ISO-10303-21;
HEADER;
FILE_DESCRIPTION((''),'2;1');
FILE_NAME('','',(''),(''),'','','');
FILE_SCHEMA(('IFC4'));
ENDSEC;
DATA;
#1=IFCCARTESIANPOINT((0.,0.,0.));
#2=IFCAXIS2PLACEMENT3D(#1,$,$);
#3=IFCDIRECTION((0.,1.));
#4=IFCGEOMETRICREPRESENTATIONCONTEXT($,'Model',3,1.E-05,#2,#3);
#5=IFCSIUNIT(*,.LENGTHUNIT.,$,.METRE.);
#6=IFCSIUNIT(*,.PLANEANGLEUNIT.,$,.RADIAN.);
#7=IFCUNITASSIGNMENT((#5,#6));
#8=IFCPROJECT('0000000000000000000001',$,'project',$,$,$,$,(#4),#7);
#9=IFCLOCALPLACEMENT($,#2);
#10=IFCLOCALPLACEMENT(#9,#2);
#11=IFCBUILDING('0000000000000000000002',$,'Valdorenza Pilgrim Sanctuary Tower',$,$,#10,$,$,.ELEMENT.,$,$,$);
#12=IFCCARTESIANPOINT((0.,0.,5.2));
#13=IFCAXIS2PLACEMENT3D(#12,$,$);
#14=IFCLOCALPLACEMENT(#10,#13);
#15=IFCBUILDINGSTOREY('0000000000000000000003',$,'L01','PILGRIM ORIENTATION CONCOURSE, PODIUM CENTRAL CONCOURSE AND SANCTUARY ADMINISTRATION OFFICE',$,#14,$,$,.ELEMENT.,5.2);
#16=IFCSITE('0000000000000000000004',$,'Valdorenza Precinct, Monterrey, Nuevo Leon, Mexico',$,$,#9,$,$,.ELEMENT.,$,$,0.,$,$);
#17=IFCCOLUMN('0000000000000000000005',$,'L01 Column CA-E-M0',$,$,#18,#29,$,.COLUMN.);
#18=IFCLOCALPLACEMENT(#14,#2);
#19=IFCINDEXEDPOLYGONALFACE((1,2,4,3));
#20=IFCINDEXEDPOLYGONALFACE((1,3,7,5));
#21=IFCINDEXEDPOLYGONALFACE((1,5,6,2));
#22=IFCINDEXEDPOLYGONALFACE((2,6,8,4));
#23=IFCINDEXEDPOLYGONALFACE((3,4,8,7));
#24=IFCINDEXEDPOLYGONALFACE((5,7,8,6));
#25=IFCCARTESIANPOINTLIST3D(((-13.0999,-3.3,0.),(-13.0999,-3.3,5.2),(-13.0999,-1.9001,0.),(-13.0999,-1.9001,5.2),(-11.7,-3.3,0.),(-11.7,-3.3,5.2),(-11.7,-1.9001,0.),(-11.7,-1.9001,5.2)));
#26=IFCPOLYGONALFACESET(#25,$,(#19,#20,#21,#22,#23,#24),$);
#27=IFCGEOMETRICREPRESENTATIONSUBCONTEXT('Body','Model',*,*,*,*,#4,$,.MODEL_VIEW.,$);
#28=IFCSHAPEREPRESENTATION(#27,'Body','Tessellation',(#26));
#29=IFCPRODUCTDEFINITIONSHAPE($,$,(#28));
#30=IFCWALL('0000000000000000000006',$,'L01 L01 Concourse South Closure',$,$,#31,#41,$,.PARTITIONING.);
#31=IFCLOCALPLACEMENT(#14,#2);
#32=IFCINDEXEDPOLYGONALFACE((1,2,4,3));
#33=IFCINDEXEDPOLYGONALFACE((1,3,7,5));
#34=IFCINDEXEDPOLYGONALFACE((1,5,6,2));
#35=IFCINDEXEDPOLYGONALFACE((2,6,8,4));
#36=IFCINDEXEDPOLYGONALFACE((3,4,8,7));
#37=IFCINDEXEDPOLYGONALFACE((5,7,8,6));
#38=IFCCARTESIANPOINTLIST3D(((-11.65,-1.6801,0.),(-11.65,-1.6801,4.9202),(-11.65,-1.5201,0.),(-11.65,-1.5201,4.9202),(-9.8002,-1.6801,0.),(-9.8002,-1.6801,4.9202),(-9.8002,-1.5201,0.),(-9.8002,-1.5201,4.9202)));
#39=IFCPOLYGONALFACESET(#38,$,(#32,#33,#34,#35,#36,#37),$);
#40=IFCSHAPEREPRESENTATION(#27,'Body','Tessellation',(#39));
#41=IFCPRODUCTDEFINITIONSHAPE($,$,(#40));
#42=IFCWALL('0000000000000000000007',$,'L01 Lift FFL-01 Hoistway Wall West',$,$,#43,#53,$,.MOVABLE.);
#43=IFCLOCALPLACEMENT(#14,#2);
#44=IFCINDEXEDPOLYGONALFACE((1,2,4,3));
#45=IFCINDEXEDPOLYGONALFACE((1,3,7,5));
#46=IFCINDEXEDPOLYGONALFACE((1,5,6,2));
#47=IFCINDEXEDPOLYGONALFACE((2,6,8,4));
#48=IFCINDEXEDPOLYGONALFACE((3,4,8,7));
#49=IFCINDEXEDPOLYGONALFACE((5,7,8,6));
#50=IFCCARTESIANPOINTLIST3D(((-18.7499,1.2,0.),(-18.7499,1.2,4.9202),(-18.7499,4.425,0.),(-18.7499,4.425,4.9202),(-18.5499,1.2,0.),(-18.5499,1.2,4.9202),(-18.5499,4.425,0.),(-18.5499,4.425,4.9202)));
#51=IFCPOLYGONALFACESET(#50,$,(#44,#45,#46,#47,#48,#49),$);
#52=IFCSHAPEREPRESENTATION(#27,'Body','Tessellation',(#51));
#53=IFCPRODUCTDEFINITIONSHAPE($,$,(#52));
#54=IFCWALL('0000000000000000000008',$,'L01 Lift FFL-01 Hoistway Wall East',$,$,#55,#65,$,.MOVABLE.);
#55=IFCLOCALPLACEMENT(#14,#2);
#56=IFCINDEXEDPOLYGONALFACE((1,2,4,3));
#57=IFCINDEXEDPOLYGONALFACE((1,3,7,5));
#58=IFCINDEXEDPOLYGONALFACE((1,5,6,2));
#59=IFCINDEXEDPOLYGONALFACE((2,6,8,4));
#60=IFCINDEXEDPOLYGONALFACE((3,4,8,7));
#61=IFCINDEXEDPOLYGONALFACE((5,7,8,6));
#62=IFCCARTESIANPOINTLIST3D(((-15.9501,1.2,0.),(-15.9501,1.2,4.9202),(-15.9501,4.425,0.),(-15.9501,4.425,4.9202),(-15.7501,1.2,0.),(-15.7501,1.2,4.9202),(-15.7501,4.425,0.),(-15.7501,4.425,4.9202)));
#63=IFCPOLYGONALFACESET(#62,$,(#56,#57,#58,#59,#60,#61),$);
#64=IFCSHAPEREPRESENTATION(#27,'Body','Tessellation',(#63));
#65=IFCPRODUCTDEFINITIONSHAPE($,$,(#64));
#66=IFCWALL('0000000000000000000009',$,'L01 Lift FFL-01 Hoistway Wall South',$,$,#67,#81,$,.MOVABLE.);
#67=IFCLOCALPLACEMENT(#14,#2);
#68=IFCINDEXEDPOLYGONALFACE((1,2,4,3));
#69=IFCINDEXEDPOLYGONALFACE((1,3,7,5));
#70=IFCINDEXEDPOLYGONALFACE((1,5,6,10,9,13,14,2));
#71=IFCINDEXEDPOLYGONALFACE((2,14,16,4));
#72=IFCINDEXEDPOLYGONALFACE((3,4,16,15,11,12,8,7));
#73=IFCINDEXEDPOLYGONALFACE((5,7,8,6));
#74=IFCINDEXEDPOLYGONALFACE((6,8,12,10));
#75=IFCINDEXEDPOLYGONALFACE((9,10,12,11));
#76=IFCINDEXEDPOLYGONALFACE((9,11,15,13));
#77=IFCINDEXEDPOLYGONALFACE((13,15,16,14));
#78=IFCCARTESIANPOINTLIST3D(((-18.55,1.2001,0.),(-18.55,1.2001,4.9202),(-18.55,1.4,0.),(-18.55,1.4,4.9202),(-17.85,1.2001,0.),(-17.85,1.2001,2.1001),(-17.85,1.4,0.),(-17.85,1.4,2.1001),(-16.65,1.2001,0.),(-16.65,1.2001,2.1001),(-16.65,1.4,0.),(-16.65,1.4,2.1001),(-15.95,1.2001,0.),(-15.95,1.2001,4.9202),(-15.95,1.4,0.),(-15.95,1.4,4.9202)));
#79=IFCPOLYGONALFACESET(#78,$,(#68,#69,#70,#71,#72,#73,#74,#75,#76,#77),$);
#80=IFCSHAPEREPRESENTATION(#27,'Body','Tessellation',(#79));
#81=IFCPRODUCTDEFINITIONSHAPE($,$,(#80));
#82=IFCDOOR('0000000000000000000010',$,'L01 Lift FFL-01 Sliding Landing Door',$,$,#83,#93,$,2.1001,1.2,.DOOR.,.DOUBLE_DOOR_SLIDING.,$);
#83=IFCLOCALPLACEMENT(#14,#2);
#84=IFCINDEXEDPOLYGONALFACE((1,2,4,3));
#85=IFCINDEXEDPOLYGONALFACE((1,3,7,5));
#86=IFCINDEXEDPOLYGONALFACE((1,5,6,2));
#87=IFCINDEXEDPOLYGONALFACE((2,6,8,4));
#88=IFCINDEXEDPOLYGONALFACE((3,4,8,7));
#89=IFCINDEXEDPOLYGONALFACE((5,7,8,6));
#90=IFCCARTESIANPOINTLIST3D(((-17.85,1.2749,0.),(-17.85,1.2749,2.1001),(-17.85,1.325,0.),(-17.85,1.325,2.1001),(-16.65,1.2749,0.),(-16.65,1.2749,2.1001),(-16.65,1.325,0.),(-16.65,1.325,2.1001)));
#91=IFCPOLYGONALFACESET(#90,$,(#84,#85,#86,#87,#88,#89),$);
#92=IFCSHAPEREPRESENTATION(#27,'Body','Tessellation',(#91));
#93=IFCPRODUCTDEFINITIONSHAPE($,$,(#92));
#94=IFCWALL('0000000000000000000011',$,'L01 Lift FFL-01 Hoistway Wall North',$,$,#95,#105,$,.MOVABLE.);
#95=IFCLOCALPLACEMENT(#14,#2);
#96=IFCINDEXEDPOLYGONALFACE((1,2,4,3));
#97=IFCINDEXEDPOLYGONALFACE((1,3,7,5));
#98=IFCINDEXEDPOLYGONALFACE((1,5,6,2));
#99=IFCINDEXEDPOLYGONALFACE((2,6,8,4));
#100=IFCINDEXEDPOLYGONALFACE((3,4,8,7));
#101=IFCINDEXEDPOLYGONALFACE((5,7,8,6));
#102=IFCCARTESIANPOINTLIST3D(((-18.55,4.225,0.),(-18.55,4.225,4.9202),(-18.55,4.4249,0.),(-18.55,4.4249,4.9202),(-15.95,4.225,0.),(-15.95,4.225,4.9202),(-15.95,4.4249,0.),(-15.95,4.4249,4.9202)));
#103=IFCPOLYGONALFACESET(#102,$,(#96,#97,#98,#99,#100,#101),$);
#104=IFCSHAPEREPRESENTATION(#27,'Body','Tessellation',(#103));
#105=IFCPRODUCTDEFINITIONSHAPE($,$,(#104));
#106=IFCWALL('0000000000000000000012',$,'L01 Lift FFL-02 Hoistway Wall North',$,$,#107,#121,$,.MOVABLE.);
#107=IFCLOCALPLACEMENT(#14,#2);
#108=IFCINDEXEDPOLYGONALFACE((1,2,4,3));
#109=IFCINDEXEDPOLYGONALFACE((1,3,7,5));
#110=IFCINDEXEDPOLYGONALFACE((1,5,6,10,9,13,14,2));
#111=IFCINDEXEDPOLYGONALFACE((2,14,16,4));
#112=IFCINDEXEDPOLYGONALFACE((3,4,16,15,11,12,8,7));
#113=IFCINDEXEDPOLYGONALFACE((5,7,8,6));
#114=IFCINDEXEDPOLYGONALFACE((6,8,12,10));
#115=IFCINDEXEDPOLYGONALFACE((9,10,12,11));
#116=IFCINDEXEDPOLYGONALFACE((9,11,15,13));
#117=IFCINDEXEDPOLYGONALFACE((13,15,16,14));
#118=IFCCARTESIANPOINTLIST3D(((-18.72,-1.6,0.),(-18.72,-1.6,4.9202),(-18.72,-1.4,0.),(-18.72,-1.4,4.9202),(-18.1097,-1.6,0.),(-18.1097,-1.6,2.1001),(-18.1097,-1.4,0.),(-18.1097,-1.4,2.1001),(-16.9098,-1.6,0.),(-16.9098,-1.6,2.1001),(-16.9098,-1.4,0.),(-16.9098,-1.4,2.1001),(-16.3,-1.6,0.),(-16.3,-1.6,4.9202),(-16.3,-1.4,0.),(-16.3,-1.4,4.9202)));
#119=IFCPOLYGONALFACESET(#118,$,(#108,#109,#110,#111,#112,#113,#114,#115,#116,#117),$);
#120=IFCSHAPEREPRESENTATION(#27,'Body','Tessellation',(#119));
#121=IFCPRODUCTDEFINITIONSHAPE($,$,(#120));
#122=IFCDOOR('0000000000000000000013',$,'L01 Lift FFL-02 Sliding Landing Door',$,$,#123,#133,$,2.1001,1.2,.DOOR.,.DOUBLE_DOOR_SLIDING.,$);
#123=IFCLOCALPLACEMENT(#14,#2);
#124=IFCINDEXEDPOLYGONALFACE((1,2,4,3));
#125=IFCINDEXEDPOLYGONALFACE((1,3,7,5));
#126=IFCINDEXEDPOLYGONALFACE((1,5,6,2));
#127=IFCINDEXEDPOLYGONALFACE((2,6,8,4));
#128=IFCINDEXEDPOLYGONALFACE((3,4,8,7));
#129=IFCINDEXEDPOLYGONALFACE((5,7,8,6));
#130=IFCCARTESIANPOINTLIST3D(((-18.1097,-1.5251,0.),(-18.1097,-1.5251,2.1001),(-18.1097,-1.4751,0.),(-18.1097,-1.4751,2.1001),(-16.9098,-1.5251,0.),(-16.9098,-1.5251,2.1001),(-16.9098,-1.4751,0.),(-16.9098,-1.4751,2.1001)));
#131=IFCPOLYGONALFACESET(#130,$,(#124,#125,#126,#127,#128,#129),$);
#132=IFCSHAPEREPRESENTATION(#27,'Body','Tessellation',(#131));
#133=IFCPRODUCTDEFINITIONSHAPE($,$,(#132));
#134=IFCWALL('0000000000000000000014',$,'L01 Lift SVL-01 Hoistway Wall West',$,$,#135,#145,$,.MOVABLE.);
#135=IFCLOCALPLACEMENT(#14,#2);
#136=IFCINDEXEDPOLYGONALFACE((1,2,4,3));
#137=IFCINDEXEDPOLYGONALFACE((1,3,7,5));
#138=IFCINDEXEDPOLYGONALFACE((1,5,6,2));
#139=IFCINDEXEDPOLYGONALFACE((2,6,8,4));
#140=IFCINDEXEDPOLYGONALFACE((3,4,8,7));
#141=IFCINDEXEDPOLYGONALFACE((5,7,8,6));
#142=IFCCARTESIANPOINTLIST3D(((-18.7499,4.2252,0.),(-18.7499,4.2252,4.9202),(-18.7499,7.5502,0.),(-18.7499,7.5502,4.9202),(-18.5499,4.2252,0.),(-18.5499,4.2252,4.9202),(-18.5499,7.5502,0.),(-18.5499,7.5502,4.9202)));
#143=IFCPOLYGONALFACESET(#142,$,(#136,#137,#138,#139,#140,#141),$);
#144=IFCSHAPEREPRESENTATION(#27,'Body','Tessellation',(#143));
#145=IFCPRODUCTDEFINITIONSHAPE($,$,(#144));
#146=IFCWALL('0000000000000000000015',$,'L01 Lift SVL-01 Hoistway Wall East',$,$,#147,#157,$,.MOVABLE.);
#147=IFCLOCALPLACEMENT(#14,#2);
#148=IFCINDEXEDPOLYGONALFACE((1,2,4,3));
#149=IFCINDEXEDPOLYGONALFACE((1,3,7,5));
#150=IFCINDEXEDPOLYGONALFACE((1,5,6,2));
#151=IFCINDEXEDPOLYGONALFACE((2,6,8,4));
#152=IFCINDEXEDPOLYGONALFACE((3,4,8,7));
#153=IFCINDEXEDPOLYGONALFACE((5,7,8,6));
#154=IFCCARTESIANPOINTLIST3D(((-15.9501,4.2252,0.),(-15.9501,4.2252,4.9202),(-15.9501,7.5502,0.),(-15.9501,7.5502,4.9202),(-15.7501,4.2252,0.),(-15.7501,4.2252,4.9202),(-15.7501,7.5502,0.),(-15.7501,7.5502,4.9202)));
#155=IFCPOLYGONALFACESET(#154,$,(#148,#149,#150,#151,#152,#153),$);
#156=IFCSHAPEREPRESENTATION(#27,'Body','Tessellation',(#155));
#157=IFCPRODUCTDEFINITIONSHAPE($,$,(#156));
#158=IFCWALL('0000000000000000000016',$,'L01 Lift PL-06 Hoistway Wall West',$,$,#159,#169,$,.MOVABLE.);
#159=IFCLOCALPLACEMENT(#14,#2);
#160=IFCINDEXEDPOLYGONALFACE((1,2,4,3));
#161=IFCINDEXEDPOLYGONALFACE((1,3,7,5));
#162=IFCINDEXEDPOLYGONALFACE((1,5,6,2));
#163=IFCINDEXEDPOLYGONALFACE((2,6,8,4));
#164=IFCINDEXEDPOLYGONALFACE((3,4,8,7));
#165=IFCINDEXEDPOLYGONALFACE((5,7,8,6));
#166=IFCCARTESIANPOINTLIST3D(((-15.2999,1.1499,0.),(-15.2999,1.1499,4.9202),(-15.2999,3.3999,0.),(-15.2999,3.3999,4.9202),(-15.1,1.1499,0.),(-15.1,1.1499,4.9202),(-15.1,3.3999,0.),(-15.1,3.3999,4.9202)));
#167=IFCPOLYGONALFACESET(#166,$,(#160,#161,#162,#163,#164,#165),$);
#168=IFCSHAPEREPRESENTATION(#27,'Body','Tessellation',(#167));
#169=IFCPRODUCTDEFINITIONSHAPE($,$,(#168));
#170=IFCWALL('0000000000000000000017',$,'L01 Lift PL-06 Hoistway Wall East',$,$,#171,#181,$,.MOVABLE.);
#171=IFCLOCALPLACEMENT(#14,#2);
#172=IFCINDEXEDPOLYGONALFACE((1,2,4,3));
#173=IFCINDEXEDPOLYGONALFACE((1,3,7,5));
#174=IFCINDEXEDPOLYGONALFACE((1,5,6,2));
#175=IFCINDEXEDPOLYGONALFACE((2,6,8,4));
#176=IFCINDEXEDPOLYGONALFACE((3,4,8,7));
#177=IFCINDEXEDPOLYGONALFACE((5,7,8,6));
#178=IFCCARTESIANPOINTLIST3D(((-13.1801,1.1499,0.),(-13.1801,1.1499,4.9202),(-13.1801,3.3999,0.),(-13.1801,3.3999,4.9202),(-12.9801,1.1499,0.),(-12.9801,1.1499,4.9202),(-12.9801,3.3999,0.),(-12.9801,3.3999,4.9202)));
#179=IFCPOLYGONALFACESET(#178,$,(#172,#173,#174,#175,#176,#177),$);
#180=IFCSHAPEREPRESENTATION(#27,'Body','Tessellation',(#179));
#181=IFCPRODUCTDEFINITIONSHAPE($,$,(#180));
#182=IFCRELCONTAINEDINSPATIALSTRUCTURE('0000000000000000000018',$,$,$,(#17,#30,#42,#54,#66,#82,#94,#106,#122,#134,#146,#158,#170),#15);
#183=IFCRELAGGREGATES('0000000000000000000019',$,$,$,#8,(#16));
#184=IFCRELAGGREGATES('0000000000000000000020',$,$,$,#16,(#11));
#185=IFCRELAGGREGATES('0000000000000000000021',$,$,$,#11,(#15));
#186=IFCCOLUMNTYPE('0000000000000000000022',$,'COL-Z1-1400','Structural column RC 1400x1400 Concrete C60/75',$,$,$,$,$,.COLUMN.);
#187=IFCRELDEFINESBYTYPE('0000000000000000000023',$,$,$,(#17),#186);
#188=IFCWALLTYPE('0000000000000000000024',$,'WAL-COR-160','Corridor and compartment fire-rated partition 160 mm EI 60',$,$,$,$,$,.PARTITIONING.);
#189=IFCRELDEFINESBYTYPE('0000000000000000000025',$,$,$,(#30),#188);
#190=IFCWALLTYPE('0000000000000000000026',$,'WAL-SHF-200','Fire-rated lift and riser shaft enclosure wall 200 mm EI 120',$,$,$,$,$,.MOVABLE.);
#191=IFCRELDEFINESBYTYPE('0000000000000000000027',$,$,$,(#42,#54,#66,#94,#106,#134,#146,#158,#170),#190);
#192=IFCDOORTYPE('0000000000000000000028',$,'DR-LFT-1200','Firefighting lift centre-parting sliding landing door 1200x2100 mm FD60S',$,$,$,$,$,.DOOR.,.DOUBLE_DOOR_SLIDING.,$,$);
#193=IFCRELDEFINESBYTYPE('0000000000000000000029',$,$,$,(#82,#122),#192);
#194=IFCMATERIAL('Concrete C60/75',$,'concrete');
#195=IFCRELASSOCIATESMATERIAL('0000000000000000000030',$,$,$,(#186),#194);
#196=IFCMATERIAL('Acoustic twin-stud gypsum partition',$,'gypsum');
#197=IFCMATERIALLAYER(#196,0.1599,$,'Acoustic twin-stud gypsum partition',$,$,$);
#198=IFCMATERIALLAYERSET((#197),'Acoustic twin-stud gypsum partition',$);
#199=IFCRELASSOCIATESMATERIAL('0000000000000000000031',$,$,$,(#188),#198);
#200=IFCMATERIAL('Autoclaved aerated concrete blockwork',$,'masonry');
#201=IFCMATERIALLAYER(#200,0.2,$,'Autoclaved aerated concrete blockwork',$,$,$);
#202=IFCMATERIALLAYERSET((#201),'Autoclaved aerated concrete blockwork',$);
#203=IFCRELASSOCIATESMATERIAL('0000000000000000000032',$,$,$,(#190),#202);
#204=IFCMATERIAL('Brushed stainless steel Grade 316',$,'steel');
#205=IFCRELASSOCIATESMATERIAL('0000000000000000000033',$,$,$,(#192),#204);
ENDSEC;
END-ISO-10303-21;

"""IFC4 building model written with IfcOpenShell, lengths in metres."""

from ifc_helpers import new_model, si_unit, direction, frame, frame_2d, origin, origin_2d, place, context, subcontext, project, spatial, rectangle, extrude, source, transform, mapped, material, layer, layer_set, material_profile, profile_set, type_object, element, fill, save


model = new_model("IFC4")

# Units and contexts
model_context = context("Model", 3, precision=1e-05, world=origin(), true_north=direction((0.0, 1.0)))
body_context = subcontext(model_context, "Body", "Model", "MODEL_VIEW")
ifc_project = project(units=[si_unit("LENGTHUNIT", "METRE"), si_unit("PLANEANGLEUNIT", "RADIAN")], contexts=[model_context])

# Site, building, storey
site_placement = place(None, origin())
site = spatial("IfcSite", under=ifc_project, at=site_placement, Name="Valdorenza Precinct, Monterrey, Nuevo Leon, Mexico", CompositionType="ELEMENT", RefElevation=0.0)
building_placement = place(site_placement, origin())
building = spatial("IfcBuilding", under=site, at=building_placement, Name="Valdorenza Pilgrim Sanctuary Tower", CompositionType="ELEMENT")
storey_placement = place(building_placement, frame((0.0, 0.0, 5.2)))
storey = spatial("IfcBuildingStorey", under=building, at=storey_placement, Name="L01", Description="PILGRIM ORIENTATION CONCOURSE, PODIUM CENTRAL CONCOURSE AND SANCTUARY ADMINISTRATION OFFICE", CompositionType="ELEMENT", Elevation=5.2)

# Column
ifc_material_1 = material(Name="Concrete C60/75", Category="concrete")
ifc_material_profile = material_profile(ifc_material_1, rectangle(XDim=1.3999, YDim=1.3999, at=origin_2d()), Name="RC 1400x1400")
ifc_profile_set = profile_set([ifc_material_profile], Name="Concrete C60/75")
column_type = type_object("IfcColumnType", Name="COL-Z1-1400", Description="Structural column RC 1400x1400 Concrete C60/75", PredefinedType="COLUMN", material=ifc_profile_set)
shared_shape = source(origin(), body_context, "Body", "SweptSolid", [
    extrude(rectangle(XDim=1.3999, YDim=1.3999, at=origin_2d()), origin(), (0.0, 0.0, 1.0), 5.2),
])
column_placement = place(storey_placement, frame((-12.3999, -2.6001, 0.0), z_axis=(0.0, 0.0, 1.0), x_axis=(1.0, 0.0, 0.0)))
element("IfcColumn", 1, at=column_placement, inside=storey, type_object=column_type, Name="L01 Column CA-E-M0", PredefinedType="COLUMN", context=body_context, shape_type="MappedRepresentation", body=[
    mapped(shared_shape, transform((0.0, 0.0, 0.0), x_axis=(1.0, 0.0, 0.0), y_axis=(0.0, 1.0, 0.0), z_axis=(0.0, 0.0, 1.0), scale=1.0)),
])

# Wall
ifc_material_2 = material(Name="Acoustic twin-stud gypsum partition", Category="gypsum")
ifc_layer_1 = layer(ifc_material_2, 0.1599, Name="Acoustic twin-stud gypsum partition")
ifc_layer_set_1 = layer_set([ifc_layer_1], Name="Acoustic twin-stud gypsum partition")
wall_type_1 = type_object("IfcWallType", Name="WAL-COR-160", Description="Corridor and compartment fire-rated partition 160 mm EI 60", PredefinedType="PARTITIONING", material=ifc_layer_set_1)
wall_1_placement = place(storey_placement, frame((-11.6499, -1.6001, 0.0), z_axis=(0.0, 0.0, 1.0), x_axis=(1.0, 0.0, 0.0)))
element("IfcWall", 2, at=wall_1_placement, inside=storey, type_object=wall_type_1, Name="L01 L01 Concourse South Closure", PredefinedType="PARTITIONING", context=body_context, shape_type="SweptSolid", body=[
    extrude(rectangle(XDim=1.8499, YDim=0.1599, at=frame_2d((0.9248, 0.0))), origin(), (0.0, 0.0, 1.0), 4.9202),
])

# Walls
ifc_material_3 = material(Name="Autoclaved aerated concrete blockwork", Category="masonry")
ifc_layer_2 = layer(ifc_material_3, 0.2, Name="Autoclaved aerated concrete blockwork")
ifc_layer_set_2 = layer_set([ifc_layer_2], Name="Autoclaved aerated concrete blockwork")
wall_type_2 = type_object("IfcWallType", Name="WAL-SHF-200", Description="Fire-rated lift and riser shaft enclosure wall 200 mm EI 120", PredefinedType="MOVABLE", material=ifc_layer_set_2)
for number, where, z_axis, x_axis, name in (
    (3, (-18.6499, 1.2, 0.0), (0.0, 0.0, 1.0), (0.0, 1.0, 0.0), "L01 Lift FFL-01 Hoistway Wall West"),
    (4, (-15.8501, 1.2, 0.0), (0.0, 0.0, 1.0), (0.0, 1.0, 0.0), "L01 Lift FFL-01 Hoistway Wall East"),
):
    element("IfcWall", number, at=place(storey_placement, frame(where, z_axis=z_axis, x_axis=x_axis)), inside=storey, type_object=wall_type_2, Name=name, PredefinedType="MOVABLE", context=body_context, shape_type="SweptSolid", body=[
        extrude(rectangle(XDim=3.2251, YDim=0.2, at=frame_2d((1.6125, 0.0))), origin(), (0.0, 0.0, 1.0), 4.9202),
    ])

# Wall, opening, door
wall_2_placement = place(storey_placement, frame((-18.55, 1.3, 0.0), z_axis=(0.0, 0.0, 1.0), x_axis=(1.0, 0.0, 0.0)))
wall_2 = element("IfcWall", 5, at=wall_2_placement, inside=storey, type_object=wall_type_2, Name="L01 Lift FFL-01 Hoistway Wall South", PredefinedType="MOVABLE", context=body_context, shape_type="SweptSolid", body=[
    extrude(rectangle(XDim=2.6001, YDim=0.2, at=frame_2d((1.3, 0.0))), origin(), (0.0, 0.0, 1.0), 4.9202),
])
opening_1_placement = place(wall_2_placement, frame((0.7, 0.0, 0.0)))
opening_1 = element("IfcOpeningElement", 6, at=opening_1_placement, cuts=wall_2, PredefinedType="OPENING", context=body_context, shape_type="SweptSolid", body=[
    extrude(rectangle(XDim=1.2, YDim=2.1001, at=frame_2d((0.6001, 1.05))), frame((0.0, 0.1147, 0.0), z_axis=(0.0, -1.0, 0.0), x_axis=(1.0, 0.0, 0.0)), (0.0, 0.0, 1.0), 0.2297),
])
ifc_material_4 = material(Name="Brushed stainless steel Grade 316", Category="steel")
door_type_1 = type_object("IfcDoorType", Name="DR-LFT-1200", Description="Firefighting lift centre-parting sliding landing door 1200x2100 mm FD60S", OperationType="DOUBLE_DOOR_SLIDING", PredefinedType="DOOR", material=ifc_material_4)
door_1_placement = place(opening_1_placement, origin())
door_1 = element("IfcDoor", 7, at=door_1_placement, inside=storey, type_object=door_type_1, Name="L01 Lift FFL-01 Sliding Landing Door", OperationType="DOUBLE_DOOR_SLIDING", OverallHeight=2.1001, OverallWidth=1.2, PredefinedType="DOOR", context=body_context, shape_type="SweptSolid", body=[
    extrude(rectangle(XDim=1.2, YDim=2.1001, at=frame_2d((0.6001, 1.05))), frame((0.0, 0.0249, 0.0), z_axis=(0.0, -1.0, 0.0), x_axis=(1.0, 0.0, 0.0)), (0.0, 0.0, 1.0), 0.05),
])
fill(opening_1, door_1)

# Wall
wall_3_placement = place(storey_placement, frame((-18.55, 4.325, 0.0), z_axis=(0.0, 0.0, 1.0), x_axis=(1.0, 0.0, 0.0)))
element("IfcWall", 8, at=wall_3_placement, inside=storey, type_object=wall_type_2, Name="L01 Lift FFL-01 Hoistway Wall North", PredefinedType="MOVABLE", context=body_context, shape_type="SweptSolid", body=[
    extrude(rectangle(XDim=2.6001, YDim=0.2, at=frame_2d((1.3, 0.0))), origin(), (0.0, 0.0, 1.0), 4.9202),
])

# Wall, opening, door
wall_4_placement = place(storey_placement, frame((-18.72, -1.5, 0.0), z_axis=(0.0, 0.0, 1.0), x_axis=(1.0, 0.0, 0.0)))
wall_4 = element("IfcWall", 9, at=wall_4_placement, inside=storey, type_object=wall_type_2, Name="L01 Lift FFL-02 Hoistway Wall North", PredefinedType="MOVABLE", context=body_context, shape_type="SweptSolid", body=[
    extrude(rectangle(XDim=2.4199, YDim=0.2, at=frame_2d((1.21, 0.0))), origin(), (0.0, 0.0, 1.0), 4.9202),
])
opening_2_placement = place(wall_4_placement, frame((0.6101, 0.0, 0.0)))
opening_2 = element("IfcOpeningElement", 10, at=opening_2_placement, cuts=wall_4, PredefinedType="OPENING", context=body_context, shape_type="SweptSolid", body=[
    extrude(rectangle(XDim=1.2, YDim=2.1001, at=frame_2d((0.6001, 1.05))), frame((0.0, 0.1147, 0.0), z_axis=(0.0, -1.0, 0.0), x_axis=(1.0, 0.0, 0.0)), (0.0, 0.0, 1.0), 0.2297),
])
door_2_placement = place(opening_2_placement, origin())
door_2 = element("IfcDoor", 11, at=door_2_placement, inside=storey, type_object=door_type_1, Name="L01 Lift FFL-02 Sliding Landing Door", OperationType="DOUBLE_DOOR_SLIDING", OverallHeight=2.1001, OverallWidth=1.2, PredefinedType="DOOR", context=body_context, shape_type="SweptSolid", body=[
    extrude(rectangle(XDim=1.2, YDim=2.1001, at=frame_2d((0.6001, 1.05))), frame((0.0, 0.0249, 0.0), z_axis=(0.0, -1.0, 0.0), x_axis=(1.0, 0.0, 0.0)), (0.0, 0.0, 1.0), 0.05),
])
fill(opening_2, door_2)

# Walls
for number, where, z_axis, x_axis, name in (
    (12, (-18.6499, 4.2251, 0.0), (0.0, 0.0, 1.0), (0.0, 1.0, 0.0), "L01 Lift SVL-01 Hoistway Wall West"),
    (13, (-15.8501, 4.2251, 0.0), (0.0, 0.0, 1.0), (0.0, 1.0, 0.0), "L01 Lift SVL-01 Hoistway Wall East"),
):
    element("IfcWall", number, at=place(storey_placement, frame(where, z_axis=z_axis, x_axis=x_axis)), inside=storey, type_object=wall_type_2, Name=name, PredefinedType="MOVABLE", context=body_context, shape_type="SweptSolid", body=[
        extrude(rectangle(XDim=3.325, YDim=0.2, at=frame_2d((1.6626, 0.0))), origin(), (0.0, 0.0, 1.0), 4.9202),
    ])
for number, where, z_axis, x_axis, name in (
    (14, (-15.2, 1.1499, 0.0), (0.0, 0.0, 1.0), (0.0, 1.0, 0.0), "L01 Lift PL-06 Hoistway Wall West"),
    (15, (-13.0801, 1.1499, 0.0), (0.0, 0.0, 1.0), (0.0, 1.0, 0.0), "L01 Lift PL-06 Hoistway Wall East"),
):
    element("IfcWall", number, at=place(storey_placement, frame(where, z_axis=z_axis, x_axis=x_axis)), inside=storey, type_object=wall_type_2, Name=name, PredefinedType="MOVABLE", context=body_context, shape_type="SweptSolid", body=[
        extrude(rectangle(XDim=2.25, YDim=0.2, at=frame_2d((1.125, 0.0))), origin(), (0.0, 0.0, 1.0), 4.9202),
    ])

save(model, "model.ifc")
